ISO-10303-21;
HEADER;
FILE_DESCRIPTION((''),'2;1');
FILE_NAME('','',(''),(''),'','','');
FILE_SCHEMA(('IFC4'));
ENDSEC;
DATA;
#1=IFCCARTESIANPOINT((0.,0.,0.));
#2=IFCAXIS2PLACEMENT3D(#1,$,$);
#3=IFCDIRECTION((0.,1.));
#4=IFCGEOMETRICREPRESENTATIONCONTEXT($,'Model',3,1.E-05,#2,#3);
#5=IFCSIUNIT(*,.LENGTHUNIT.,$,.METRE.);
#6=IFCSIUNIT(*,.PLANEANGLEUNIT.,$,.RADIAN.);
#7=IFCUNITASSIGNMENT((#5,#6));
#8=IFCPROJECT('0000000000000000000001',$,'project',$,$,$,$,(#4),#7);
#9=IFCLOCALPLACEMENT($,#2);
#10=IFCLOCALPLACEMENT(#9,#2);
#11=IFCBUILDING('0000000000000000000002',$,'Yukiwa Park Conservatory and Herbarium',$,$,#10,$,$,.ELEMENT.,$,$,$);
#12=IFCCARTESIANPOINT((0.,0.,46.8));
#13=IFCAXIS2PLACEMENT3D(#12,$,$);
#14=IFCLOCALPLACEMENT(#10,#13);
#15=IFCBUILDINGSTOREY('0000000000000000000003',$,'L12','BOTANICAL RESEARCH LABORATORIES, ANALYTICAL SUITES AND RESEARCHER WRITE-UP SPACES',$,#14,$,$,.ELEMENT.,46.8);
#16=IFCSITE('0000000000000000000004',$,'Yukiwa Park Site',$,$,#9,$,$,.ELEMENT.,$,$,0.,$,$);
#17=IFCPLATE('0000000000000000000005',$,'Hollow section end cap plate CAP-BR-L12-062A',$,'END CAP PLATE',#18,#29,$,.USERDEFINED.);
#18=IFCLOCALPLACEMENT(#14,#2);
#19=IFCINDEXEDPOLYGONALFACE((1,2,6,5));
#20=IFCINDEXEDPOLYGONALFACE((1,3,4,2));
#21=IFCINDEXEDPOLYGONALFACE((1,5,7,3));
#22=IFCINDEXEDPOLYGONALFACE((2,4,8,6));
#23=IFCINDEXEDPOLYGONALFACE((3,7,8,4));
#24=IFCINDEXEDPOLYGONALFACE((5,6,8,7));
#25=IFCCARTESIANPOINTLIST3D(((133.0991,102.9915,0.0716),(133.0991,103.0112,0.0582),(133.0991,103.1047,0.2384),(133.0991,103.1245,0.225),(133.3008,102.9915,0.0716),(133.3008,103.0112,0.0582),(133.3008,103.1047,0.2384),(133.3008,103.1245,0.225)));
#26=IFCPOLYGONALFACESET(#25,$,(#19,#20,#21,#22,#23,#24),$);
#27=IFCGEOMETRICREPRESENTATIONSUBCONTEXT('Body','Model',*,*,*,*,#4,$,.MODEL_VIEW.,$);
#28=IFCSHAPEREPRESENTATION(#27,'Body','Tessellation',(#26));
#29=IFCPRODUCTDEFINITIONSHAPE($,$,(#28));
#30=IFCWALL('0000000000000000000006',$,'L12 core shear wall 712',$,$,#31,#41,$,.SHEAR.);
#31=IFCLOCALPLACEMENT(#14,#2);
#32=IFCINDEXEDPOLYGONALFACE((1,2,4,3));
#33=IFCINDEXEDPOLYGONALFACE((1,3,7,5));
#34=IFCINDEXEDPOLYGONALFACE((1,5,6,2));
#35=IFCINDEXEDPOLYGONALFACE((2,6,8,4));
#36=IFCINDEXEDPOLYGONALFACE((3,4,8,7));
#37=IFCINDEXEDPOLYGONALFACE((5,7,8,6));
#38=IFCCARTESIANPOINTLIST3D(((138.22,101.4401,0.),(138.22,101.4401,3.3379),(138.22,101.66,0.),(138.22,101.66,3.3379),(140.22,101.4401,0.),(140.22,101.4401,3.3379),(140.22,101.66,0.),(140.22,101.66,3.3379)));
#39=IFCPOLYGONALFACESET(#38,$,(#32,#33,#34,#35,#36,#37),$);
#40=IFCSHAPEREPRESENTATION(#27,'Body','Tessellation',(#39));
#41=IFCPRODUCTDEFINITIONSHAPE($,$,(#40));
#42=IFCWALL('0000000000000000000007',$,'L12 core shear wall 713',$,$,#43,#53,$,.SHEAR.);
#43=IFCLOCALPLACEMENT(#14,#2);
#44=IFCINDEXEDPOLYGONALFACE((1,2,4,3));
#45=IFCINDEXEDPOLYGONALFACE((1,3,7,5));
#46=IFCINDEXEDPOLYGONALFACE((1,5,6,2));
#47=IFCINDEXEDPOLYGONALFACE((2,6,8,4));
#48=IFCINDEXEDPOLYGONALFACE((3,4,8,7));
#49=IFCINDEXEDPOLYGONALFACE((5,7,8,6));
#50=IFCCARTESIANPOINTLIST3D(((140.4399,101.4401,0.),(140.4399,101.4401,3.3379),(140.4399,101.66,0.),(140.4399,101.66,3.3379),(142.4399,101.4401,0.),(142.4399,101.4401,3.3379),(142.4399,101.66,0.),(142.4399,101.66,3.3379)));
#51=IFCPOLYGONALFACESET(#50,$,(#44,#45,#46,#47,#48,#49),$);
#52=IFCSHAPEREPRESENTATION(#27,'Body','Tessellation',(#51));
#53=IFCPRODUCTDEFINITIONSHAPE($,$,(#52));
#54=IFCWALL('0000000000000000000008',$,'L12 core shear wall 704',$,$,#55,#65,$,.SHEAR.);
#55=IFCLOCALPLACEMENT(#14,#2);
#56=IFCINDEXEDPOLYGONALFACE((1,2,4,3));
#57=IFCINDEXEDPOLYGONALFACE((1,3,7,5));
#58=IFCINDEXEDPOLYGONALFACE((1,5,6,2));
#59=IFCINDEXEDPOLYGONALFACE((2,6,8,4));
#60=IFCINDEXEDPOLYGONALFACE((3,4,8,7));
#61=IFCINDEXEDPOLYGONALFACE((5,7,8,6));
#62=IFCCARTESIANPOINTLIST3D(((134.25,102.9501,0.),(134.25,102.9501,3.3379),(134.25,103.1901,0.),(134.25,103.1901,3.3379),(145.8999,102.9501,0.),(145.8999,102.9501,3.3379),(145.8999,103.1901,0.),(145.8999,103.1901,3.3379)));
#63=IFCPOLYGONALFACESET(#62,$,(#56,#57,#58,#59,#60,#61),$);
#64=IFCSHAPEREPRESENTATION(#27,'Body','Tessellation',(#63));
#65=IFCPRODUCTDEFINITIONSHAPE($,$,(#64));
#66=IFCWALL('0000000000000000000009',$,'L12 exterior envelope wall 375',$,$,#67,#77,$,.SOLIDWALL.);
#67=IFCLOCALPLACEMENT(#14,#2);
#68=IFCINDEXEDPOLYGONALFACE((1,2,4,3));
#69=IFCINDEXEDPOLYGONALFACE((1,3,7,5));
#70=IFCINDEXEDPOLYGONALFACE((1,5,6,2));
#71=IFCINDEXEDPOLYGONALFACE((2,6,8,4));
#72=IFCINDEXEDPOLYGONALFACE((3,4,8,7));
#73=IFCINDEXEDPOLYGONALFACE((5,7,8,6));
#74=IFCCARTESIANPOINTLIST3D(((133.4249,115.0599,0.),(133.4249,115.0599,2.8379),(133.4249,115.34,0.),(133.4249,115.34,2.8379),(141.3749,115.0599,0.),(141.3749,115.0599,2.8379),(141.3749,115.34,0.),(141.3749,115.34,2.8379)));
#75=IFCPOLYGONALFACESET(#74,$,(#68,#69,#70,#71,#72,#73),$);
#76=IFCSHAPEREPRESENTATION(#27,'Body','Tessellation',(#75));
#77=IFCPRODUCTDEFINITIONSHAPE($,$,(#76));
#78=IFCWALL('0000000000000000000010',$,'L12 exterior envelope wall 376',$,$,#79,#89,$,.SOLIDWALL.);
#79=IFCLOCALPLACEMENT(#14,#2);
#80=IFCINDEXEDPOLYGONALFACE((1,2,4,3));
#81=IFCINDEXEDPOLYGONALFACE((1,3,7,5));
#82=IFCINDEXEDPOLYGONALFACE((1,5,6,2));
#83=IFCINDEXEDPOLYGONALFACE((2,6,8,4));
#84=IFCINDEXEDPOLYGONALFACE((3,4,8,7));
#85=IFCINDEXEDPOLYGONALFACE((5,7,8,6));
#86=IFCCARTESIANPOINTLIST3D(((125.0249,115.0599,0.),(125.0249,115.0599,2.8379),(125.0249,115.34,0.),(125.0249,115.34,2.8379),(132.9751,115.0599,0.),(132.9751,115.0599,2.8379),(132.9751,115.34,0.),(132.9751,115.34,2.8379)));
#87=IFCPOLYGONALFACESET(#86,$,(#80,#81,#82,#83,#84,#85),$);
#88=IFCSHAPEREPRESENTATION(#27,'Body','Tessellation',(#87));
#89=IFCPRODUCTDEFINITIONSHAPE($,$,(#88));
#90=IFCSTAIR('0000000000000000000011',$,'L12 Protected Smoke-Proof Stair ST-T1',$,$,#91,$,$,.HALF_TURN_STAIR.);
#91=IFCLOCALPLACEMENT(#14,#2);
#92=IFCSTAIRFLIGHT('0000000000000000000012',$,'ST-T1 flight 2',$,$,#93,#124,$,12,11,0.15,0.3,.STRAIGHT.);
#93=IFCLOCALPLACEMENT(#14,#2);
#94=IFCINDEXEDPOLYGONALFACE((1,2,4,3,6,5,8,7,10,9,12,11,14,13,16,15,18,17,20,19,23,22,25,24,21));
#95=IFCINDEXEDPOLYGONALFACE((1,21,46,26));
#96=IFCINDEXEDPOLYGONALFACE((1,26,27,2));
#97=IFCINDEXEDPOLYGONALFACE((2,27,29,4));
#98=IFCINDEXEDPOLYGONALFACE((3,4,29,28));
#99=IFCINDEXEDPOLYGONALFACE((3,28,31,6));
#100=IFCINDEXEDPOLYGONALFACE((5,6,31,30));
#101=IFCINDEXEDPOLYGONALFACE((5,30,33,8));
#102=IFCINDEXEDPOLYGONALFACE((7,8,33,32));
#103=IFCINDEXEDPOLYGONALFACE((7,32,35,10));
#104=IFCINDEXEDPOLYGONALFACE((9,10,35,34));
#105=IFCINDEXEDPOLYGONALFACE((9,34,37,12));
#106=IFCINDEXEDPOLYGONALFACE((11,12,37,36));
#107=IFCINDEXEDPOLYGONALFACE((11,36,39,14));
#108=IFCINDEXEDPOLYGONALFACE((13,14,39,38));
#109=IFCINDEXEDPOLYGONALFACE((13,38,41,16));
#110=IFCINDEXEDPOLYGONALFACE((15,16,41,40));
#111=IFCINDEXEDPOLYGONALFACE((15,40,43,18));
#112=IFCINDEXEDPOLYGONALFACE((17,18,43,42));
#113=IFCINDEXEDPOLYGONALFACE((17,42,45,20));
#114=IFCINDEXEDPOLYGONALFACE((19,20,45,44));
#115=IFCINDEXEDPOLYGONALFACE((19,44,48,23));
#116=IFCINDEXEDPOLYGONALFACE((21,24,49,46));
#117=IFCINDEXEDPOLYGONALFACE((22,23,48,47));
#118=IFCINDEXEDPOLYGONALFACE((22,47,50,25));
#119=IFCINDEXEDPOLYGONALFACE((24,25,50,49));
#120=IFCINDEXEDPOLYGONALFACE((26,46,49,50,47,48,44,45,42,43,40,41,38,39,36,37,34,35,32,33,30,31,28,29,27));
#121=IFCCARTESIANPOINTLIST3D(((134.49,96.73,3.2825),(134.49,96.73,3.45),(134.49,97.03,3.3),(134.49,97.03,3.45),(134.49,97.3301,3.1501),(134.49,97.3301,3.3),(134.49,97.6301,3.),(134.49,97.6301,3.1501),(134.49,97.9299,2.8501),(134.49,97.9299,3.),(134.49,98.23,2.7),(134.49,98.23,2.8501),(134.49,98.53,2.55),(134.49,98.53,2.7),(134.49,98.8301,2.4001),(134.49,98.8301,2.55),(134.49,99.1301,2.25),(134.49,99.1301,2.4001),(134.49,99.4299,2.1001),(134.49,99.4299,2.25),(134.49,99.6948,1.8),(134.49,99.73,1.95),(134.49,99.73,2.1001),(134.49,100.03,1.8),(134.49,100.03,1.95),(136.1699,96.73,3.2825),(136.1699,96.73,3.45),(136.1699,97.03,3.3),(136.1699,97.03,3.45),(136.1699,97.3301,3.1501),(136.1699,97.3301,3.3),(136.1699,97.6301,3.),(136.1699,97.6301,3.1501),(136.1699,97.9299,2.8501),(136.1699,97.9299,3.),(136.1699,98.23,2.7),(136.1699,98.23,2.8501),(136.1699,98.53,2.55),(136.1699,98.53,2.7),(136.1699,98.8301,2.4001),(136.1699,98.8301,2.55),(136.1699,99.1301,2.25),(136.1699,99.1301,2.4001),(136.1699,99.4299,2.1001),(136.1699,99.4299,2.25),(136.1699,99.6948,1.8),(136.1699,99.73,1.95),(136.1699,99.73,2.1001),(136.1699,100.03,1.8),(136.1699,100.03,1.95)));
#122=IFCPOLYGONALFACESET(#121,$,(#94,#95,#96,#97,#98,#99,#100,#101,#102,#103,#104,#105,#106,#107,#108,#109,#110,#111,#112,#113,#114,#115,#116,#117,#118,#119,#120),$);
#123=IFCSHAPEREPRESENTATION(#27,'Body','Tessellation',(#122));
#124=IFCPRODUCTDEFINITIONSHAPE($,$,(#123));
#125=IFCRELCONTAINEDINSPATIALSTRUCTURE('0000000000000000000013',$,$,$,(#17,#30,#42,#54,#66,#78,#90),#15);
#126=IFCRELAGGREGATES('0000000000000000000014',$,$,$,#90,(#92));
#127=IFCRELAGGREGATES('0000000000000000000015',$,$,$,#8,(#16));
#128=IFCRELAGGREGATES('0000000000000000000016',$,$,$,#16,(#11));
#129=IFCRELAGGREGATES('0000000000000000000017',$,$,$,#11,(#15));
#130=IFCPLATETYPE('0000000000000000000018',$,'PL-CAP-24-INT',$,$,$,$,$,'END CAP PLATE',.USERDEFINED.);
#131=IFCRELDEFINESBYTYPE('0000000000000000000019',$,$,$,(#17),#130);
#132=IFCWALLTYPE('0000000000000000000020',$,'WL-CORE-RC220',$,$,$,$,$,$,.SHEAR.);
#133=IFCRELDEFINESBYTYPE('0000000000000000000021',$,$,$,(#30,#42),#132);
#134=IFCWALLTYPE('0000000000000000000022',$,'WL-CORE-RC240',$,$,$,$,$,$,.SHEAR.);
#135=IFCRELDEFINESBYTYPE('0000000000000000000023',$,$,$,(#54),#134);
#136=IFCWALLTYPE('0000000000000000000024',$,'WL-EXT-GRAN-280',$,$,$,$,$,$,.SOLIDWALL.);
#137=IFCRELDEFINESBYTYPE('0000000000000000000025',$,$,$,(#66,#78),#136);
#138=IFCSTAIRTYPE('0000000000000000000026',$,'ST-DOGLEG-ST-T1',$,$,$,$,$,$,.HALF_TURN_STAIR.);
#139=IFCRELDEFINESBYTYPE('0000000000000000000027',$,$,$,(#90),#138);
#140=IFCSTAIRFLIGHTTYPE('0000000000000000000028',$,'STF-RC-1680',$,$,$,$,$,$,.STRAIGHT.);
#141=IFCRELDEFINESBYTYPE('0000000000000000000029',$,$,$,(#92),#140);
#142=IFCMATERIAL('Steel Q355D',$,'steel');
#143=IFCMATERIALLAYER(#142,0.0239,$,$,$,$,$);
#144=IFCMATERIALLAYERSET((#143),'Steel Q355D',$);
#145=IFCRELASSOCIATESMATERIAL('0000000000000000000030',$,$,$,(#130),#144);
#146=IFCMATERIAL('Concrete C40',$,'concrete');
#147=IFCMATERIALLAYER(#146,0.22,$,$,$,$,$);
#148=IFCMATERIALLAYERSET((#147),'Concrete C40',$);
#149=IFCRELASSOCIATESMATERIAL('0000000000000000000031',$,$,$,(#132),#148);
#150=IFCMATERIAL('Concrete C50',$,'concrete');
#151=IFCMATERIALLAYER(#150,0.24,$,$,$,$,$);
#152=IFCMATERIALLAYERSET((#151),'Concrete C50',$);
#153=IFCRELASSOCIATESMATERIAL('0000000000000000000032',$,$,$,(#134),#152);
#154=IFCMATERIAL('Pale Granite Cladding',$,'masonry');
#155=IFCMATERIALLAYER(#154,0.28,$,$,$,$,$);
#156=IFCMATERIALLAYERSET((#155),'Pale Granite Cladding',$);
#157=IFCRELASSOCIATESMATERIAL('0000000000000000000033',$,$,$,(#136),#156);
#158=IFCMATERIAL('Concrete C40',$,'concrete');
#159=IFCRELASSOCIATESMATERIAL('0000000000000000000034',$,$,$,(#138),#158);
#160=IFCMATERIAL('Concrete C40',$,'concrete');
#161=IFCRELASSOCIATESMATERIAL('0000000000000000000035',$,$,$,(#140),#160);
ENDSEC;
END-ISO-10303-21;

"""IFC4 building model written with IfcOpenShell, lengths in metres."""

from ifc_helpers import new_model, si_unit, direction, frame, frame_2d, origin, origin_2d, place, context, subcontext, project, spatial, polyline, rectangle, outline, extrude, material, layer, layer_set, type_object, element, aggregate, save


model = new_model("IFC4")

# Units and contexts
model_context = context("Model", 3, precision=1e-05, world=origin(), true_north=direction((0.0, 1.0)))
body_context = subcontext(model_context, "Body", "Model", "MODEL_VIEW")
ifc_project = project(units=[si_unit("LENGTHUNIT", "METRE"), si_unit("PLANEANGLEUNIT", "RADIAN")], contexts=[model_context])

# Site, building, storey
site_placement = place(None, origin())
site = spatial("IfcSite", under=ifc_project, at=site_placement, Name="Yukiwa Park Site", CompositionType="ELEMENT", RefElevation=0.0)
building_placement = place(site_placement, origin())
building = spatial("IfcBuilding", under=site, at=building_placement, Name="Yukiwa Park Conservatory and Herbarium", CompositionType="ELEMENT")
storey_placement = place(building_placement, frame((0.0, 0.0, 46.8)))
storey = spatial("IfcBuildingStorey", under=building, at=storey_placement, Name="L12", Description="BOTANICAL RESEARCH LABORATORIES, ANALYTICAL SUITES AND RESEARCHER WRITE-UP SPACES", CompositionType="ELEMENT", Elevation=46.8)

# Plate
ifc_material_1 = material(Name="Steel Q355D", Category="steel")
ifc_layer_1 = layer(ifc_material_1, 0.0239)
ifc_layer_set_1 = layer_set([ifc_layer_1], Name="Steel Q355D")
plate_type = type_object("IfcPlateType", Name="PL-CAP-24-INT", ElementType="END CAP PLATE", PredefinedType="USERDEFINED", material=ifc_layer_set_1)
plate_placement = place(storey_placement, frame((133.2, 103.0481, 0.155), z_axis=(0.0, 0.827306, -0.561751), x_axis=(-1.0, 0.0, 0.0)))
element("IfcPlate", 1, at=plate_placement, inside=storey, type_object=plate_type, Name="Hollow section end cap plate CAP-BR-L12-062A", ObjectType="END CAP PLATE", PredefinedType="USERDEFINED", context=body_context, shape_type="SweptSolid", body=[
    extrude(rectangle(XDim=0.2017, YDim=0.2017, at=origin_2d()), origin(), (0.0, 0.0, 1.0), 0.0239),
])

# Walls
ifc_material_2 = material(Name="Concrete C40", Category="concrete")
ifc_layer_2 = layer(ifc_material_2, 0.22)
ifc_layer_set_2 = layer_set([ifc_layer_2], Name="Concrete C40")
wall_type_1 = type_object("IfcWallType", Name="WL-CORE-RC220", PredefinedType="SHEAR", material=ifc_layer_set_2)
for number, where, z_axis, x_axis, name in (
    (2, (138.22, 101.55, 0.0), (0.0, 0.0, 1.0), (1.0, 0.0, 0.0), "L12 core shear wall 712"),
    (3, (140.4399, 101.55, 0.0), (0.0, 0.0, 1.0), (1.0, 0.0, 0.0), "L12 core shear wall 713"),
):
    element("IfcWall", number, at=place(storey_placement, frame(where, z_axis=z_axis, x_axis=x_axis)), inside=storey, type_object=wall_type_1, Name=name, PredefinedType="SHEAR", context=body_context, shape_type="SweptSolid", body=[
        extrude(rectangle(XDim=2.0, YDim=0.22, at=frame_2d((1.0, 0.0))), origin(), (0.0, 0.0, 1.0), 3.3379),
    ])
ifc_material_3 = material(Name="Concrete C50", Category="concrete")
ifc_layer_3 = layer(ifc_material_3, 0.24)
ifc_layer_set_3 = layer_set([ifc_layer_3], Name="Concrete C50")
wall_type_2 = type_object("IfcWallType", Name="WL-CORE-RC240", PredefinedType="SHEAR", material=ifc_layer_set_3)
wall_1_placement = place(storey_placement, frame((134.25, 103.0701, 0.0), z_axis=(0.0, 0.0, 1.0), x_axis=(1.0, 0.0, 0.0)))
element("IfcWall", 4, at=wall_1_placement, inside=storey, type_object=wall_type_2, Name="L12 core shear wall 704", PredefinedType="SHEAR", context=body_context, shape_type="SweptSolid", body=[
    extrude(rectangle(XDim=11.6499, YDim=0.24, at=frame_2d((5.825, 0.0))), origin(), (0.0, 0.0, 1.0), 3.3379),
])
ifc_material_4 = material(Name="Pale Granite Cladding", Category="masonry")
ifc_layer_4 = layer(ifc_material_4, 0.28)
ifc_layer_set_4 = layer_set([ifc_layer_4], Name="Pale Granite Cladding")
wall_type_3 = type_object("IfcWallType", Name="WL-EXT-GRAN-280", PredefinedType="SOLIDWALL", material=ifc_layer_set_4)
wall_2_placement = place(storey_placement, frame((141.375, 115.2, 0.0), z_axis=(0.0, 0.0, 1.0), x_axis=(-1.0, 0.0, 0.0)))
element("IfcWall", 5, at=wall_2_placement, inside=storey, type_object=wall_type_3, Name="L12 exterior envelope wall 375", PredefinedType="SOLIDWALL", context=body_context, shape_type="SweptSolid", body=[
    extrude(rectangle(XDim=7.95, YDim=0.28, at=frame_2d((3.9751, 0.0))), origin(), (0.0, 0.0, 1.0), 2.8379),
])
wall_3_placement = place(storey_placement, frame((132.9751, 115.2, 0.0), z_axis=(0.0, 0.0, 1.0), x_axis=(-1.0, 0.0, 0.0)))
element("IfcWall", 6, at=wall_3_placement, inside=storey, type_object=wall_type_3, Name="L12 exterior envelope wall 376", PredefinedType="SOLIDWALL", context=body_context, shape_type="SweptSolid", body=[
    extrude(rectangle(XDim=7.9502, YDim=0.28, at=frame_2d((3.9751, 0.0))), origin(), (0.0, 0.0, 1.0), 2.8379),
])

# Stair, stair flight
ifc_material_5 = material(Name="Concrete C40", Category="concrete")
stair_type = type_object("IfcStairType", Name="ST-DOGLEG-ST-T1", PredefinedType="HALF_TURN_STAIR", material=ifc_material_5)
stair_placement = place(storey_placement, origin())
stair = element("IfcStair", 7, at=stair_placement, inside=storey, type_object=stair_type, Name="L12 Protected Smoke-Proof Stair ST-T1", PredefinedType="HALF_TURN_STAIR")
ifc_material_6 = material(Name="Concrete C40", Category="concrete")
stair_flight_type = type_object("IfcStairFlightType", Name="STF-RC-1680", PredefinedType="STRAIGHT", material=ifc_material_6)
stair_flight_placement = place(storey_placement, frame((135.3301, 100.03, 1.8), z_axis=(0.0, 0.0, 1.0), x_axis=(0.0, -1.0, 0.0)))
stair_flight = element("IfcStairFlight", 8, at=stair_flight_placement, type_object=stair_flight_type, Name="ST-T1 flight 2", NumberOfRisers=12, NumberOfTreads=11, PredefinedType="STRAIGHT", RiserHeight=0.15, TreadLength=0.3, context=body_context, shape_type="SweptSolid", body=[
    extrude(outline(polyline([(0.0, 0.0), (0.0, 0.1499), (0.3, 0.1499), (0.3, 0.3), (0.6001, 0.3), (0.6001, 0.45), (0.8999, 0.45), (0.8999, 0.6001), (1.2, 0.6001), (1.2, 0.75), (1.5, 0.75), (1.5, 0.8999), (1.8, 0.8999), (1.8, 1.05), (2.1001, 1.05), (2.1001, 1.2), (2.3999, 1.2), (2.3999, 1.3501), (2.7, 1.3501), (2.7, 1.5), (3.0, 1.5), (3.0, 1.6499), (3.3, 1.6499), (3.3, 1.8), (3.3, 1.4824), (0.3352, 0.0), (0.0, 0.0)])), frame((0.0, 0.8398, 0.0), z_axis=(0.0, -1.0, 0.0), x_axis=(1.0, 0.0, 0.0)), (0.0, 0.0, 1.0), 1.6799),
])
aggregate(stair, [stair_flight])

save(model, "model.ifc")
